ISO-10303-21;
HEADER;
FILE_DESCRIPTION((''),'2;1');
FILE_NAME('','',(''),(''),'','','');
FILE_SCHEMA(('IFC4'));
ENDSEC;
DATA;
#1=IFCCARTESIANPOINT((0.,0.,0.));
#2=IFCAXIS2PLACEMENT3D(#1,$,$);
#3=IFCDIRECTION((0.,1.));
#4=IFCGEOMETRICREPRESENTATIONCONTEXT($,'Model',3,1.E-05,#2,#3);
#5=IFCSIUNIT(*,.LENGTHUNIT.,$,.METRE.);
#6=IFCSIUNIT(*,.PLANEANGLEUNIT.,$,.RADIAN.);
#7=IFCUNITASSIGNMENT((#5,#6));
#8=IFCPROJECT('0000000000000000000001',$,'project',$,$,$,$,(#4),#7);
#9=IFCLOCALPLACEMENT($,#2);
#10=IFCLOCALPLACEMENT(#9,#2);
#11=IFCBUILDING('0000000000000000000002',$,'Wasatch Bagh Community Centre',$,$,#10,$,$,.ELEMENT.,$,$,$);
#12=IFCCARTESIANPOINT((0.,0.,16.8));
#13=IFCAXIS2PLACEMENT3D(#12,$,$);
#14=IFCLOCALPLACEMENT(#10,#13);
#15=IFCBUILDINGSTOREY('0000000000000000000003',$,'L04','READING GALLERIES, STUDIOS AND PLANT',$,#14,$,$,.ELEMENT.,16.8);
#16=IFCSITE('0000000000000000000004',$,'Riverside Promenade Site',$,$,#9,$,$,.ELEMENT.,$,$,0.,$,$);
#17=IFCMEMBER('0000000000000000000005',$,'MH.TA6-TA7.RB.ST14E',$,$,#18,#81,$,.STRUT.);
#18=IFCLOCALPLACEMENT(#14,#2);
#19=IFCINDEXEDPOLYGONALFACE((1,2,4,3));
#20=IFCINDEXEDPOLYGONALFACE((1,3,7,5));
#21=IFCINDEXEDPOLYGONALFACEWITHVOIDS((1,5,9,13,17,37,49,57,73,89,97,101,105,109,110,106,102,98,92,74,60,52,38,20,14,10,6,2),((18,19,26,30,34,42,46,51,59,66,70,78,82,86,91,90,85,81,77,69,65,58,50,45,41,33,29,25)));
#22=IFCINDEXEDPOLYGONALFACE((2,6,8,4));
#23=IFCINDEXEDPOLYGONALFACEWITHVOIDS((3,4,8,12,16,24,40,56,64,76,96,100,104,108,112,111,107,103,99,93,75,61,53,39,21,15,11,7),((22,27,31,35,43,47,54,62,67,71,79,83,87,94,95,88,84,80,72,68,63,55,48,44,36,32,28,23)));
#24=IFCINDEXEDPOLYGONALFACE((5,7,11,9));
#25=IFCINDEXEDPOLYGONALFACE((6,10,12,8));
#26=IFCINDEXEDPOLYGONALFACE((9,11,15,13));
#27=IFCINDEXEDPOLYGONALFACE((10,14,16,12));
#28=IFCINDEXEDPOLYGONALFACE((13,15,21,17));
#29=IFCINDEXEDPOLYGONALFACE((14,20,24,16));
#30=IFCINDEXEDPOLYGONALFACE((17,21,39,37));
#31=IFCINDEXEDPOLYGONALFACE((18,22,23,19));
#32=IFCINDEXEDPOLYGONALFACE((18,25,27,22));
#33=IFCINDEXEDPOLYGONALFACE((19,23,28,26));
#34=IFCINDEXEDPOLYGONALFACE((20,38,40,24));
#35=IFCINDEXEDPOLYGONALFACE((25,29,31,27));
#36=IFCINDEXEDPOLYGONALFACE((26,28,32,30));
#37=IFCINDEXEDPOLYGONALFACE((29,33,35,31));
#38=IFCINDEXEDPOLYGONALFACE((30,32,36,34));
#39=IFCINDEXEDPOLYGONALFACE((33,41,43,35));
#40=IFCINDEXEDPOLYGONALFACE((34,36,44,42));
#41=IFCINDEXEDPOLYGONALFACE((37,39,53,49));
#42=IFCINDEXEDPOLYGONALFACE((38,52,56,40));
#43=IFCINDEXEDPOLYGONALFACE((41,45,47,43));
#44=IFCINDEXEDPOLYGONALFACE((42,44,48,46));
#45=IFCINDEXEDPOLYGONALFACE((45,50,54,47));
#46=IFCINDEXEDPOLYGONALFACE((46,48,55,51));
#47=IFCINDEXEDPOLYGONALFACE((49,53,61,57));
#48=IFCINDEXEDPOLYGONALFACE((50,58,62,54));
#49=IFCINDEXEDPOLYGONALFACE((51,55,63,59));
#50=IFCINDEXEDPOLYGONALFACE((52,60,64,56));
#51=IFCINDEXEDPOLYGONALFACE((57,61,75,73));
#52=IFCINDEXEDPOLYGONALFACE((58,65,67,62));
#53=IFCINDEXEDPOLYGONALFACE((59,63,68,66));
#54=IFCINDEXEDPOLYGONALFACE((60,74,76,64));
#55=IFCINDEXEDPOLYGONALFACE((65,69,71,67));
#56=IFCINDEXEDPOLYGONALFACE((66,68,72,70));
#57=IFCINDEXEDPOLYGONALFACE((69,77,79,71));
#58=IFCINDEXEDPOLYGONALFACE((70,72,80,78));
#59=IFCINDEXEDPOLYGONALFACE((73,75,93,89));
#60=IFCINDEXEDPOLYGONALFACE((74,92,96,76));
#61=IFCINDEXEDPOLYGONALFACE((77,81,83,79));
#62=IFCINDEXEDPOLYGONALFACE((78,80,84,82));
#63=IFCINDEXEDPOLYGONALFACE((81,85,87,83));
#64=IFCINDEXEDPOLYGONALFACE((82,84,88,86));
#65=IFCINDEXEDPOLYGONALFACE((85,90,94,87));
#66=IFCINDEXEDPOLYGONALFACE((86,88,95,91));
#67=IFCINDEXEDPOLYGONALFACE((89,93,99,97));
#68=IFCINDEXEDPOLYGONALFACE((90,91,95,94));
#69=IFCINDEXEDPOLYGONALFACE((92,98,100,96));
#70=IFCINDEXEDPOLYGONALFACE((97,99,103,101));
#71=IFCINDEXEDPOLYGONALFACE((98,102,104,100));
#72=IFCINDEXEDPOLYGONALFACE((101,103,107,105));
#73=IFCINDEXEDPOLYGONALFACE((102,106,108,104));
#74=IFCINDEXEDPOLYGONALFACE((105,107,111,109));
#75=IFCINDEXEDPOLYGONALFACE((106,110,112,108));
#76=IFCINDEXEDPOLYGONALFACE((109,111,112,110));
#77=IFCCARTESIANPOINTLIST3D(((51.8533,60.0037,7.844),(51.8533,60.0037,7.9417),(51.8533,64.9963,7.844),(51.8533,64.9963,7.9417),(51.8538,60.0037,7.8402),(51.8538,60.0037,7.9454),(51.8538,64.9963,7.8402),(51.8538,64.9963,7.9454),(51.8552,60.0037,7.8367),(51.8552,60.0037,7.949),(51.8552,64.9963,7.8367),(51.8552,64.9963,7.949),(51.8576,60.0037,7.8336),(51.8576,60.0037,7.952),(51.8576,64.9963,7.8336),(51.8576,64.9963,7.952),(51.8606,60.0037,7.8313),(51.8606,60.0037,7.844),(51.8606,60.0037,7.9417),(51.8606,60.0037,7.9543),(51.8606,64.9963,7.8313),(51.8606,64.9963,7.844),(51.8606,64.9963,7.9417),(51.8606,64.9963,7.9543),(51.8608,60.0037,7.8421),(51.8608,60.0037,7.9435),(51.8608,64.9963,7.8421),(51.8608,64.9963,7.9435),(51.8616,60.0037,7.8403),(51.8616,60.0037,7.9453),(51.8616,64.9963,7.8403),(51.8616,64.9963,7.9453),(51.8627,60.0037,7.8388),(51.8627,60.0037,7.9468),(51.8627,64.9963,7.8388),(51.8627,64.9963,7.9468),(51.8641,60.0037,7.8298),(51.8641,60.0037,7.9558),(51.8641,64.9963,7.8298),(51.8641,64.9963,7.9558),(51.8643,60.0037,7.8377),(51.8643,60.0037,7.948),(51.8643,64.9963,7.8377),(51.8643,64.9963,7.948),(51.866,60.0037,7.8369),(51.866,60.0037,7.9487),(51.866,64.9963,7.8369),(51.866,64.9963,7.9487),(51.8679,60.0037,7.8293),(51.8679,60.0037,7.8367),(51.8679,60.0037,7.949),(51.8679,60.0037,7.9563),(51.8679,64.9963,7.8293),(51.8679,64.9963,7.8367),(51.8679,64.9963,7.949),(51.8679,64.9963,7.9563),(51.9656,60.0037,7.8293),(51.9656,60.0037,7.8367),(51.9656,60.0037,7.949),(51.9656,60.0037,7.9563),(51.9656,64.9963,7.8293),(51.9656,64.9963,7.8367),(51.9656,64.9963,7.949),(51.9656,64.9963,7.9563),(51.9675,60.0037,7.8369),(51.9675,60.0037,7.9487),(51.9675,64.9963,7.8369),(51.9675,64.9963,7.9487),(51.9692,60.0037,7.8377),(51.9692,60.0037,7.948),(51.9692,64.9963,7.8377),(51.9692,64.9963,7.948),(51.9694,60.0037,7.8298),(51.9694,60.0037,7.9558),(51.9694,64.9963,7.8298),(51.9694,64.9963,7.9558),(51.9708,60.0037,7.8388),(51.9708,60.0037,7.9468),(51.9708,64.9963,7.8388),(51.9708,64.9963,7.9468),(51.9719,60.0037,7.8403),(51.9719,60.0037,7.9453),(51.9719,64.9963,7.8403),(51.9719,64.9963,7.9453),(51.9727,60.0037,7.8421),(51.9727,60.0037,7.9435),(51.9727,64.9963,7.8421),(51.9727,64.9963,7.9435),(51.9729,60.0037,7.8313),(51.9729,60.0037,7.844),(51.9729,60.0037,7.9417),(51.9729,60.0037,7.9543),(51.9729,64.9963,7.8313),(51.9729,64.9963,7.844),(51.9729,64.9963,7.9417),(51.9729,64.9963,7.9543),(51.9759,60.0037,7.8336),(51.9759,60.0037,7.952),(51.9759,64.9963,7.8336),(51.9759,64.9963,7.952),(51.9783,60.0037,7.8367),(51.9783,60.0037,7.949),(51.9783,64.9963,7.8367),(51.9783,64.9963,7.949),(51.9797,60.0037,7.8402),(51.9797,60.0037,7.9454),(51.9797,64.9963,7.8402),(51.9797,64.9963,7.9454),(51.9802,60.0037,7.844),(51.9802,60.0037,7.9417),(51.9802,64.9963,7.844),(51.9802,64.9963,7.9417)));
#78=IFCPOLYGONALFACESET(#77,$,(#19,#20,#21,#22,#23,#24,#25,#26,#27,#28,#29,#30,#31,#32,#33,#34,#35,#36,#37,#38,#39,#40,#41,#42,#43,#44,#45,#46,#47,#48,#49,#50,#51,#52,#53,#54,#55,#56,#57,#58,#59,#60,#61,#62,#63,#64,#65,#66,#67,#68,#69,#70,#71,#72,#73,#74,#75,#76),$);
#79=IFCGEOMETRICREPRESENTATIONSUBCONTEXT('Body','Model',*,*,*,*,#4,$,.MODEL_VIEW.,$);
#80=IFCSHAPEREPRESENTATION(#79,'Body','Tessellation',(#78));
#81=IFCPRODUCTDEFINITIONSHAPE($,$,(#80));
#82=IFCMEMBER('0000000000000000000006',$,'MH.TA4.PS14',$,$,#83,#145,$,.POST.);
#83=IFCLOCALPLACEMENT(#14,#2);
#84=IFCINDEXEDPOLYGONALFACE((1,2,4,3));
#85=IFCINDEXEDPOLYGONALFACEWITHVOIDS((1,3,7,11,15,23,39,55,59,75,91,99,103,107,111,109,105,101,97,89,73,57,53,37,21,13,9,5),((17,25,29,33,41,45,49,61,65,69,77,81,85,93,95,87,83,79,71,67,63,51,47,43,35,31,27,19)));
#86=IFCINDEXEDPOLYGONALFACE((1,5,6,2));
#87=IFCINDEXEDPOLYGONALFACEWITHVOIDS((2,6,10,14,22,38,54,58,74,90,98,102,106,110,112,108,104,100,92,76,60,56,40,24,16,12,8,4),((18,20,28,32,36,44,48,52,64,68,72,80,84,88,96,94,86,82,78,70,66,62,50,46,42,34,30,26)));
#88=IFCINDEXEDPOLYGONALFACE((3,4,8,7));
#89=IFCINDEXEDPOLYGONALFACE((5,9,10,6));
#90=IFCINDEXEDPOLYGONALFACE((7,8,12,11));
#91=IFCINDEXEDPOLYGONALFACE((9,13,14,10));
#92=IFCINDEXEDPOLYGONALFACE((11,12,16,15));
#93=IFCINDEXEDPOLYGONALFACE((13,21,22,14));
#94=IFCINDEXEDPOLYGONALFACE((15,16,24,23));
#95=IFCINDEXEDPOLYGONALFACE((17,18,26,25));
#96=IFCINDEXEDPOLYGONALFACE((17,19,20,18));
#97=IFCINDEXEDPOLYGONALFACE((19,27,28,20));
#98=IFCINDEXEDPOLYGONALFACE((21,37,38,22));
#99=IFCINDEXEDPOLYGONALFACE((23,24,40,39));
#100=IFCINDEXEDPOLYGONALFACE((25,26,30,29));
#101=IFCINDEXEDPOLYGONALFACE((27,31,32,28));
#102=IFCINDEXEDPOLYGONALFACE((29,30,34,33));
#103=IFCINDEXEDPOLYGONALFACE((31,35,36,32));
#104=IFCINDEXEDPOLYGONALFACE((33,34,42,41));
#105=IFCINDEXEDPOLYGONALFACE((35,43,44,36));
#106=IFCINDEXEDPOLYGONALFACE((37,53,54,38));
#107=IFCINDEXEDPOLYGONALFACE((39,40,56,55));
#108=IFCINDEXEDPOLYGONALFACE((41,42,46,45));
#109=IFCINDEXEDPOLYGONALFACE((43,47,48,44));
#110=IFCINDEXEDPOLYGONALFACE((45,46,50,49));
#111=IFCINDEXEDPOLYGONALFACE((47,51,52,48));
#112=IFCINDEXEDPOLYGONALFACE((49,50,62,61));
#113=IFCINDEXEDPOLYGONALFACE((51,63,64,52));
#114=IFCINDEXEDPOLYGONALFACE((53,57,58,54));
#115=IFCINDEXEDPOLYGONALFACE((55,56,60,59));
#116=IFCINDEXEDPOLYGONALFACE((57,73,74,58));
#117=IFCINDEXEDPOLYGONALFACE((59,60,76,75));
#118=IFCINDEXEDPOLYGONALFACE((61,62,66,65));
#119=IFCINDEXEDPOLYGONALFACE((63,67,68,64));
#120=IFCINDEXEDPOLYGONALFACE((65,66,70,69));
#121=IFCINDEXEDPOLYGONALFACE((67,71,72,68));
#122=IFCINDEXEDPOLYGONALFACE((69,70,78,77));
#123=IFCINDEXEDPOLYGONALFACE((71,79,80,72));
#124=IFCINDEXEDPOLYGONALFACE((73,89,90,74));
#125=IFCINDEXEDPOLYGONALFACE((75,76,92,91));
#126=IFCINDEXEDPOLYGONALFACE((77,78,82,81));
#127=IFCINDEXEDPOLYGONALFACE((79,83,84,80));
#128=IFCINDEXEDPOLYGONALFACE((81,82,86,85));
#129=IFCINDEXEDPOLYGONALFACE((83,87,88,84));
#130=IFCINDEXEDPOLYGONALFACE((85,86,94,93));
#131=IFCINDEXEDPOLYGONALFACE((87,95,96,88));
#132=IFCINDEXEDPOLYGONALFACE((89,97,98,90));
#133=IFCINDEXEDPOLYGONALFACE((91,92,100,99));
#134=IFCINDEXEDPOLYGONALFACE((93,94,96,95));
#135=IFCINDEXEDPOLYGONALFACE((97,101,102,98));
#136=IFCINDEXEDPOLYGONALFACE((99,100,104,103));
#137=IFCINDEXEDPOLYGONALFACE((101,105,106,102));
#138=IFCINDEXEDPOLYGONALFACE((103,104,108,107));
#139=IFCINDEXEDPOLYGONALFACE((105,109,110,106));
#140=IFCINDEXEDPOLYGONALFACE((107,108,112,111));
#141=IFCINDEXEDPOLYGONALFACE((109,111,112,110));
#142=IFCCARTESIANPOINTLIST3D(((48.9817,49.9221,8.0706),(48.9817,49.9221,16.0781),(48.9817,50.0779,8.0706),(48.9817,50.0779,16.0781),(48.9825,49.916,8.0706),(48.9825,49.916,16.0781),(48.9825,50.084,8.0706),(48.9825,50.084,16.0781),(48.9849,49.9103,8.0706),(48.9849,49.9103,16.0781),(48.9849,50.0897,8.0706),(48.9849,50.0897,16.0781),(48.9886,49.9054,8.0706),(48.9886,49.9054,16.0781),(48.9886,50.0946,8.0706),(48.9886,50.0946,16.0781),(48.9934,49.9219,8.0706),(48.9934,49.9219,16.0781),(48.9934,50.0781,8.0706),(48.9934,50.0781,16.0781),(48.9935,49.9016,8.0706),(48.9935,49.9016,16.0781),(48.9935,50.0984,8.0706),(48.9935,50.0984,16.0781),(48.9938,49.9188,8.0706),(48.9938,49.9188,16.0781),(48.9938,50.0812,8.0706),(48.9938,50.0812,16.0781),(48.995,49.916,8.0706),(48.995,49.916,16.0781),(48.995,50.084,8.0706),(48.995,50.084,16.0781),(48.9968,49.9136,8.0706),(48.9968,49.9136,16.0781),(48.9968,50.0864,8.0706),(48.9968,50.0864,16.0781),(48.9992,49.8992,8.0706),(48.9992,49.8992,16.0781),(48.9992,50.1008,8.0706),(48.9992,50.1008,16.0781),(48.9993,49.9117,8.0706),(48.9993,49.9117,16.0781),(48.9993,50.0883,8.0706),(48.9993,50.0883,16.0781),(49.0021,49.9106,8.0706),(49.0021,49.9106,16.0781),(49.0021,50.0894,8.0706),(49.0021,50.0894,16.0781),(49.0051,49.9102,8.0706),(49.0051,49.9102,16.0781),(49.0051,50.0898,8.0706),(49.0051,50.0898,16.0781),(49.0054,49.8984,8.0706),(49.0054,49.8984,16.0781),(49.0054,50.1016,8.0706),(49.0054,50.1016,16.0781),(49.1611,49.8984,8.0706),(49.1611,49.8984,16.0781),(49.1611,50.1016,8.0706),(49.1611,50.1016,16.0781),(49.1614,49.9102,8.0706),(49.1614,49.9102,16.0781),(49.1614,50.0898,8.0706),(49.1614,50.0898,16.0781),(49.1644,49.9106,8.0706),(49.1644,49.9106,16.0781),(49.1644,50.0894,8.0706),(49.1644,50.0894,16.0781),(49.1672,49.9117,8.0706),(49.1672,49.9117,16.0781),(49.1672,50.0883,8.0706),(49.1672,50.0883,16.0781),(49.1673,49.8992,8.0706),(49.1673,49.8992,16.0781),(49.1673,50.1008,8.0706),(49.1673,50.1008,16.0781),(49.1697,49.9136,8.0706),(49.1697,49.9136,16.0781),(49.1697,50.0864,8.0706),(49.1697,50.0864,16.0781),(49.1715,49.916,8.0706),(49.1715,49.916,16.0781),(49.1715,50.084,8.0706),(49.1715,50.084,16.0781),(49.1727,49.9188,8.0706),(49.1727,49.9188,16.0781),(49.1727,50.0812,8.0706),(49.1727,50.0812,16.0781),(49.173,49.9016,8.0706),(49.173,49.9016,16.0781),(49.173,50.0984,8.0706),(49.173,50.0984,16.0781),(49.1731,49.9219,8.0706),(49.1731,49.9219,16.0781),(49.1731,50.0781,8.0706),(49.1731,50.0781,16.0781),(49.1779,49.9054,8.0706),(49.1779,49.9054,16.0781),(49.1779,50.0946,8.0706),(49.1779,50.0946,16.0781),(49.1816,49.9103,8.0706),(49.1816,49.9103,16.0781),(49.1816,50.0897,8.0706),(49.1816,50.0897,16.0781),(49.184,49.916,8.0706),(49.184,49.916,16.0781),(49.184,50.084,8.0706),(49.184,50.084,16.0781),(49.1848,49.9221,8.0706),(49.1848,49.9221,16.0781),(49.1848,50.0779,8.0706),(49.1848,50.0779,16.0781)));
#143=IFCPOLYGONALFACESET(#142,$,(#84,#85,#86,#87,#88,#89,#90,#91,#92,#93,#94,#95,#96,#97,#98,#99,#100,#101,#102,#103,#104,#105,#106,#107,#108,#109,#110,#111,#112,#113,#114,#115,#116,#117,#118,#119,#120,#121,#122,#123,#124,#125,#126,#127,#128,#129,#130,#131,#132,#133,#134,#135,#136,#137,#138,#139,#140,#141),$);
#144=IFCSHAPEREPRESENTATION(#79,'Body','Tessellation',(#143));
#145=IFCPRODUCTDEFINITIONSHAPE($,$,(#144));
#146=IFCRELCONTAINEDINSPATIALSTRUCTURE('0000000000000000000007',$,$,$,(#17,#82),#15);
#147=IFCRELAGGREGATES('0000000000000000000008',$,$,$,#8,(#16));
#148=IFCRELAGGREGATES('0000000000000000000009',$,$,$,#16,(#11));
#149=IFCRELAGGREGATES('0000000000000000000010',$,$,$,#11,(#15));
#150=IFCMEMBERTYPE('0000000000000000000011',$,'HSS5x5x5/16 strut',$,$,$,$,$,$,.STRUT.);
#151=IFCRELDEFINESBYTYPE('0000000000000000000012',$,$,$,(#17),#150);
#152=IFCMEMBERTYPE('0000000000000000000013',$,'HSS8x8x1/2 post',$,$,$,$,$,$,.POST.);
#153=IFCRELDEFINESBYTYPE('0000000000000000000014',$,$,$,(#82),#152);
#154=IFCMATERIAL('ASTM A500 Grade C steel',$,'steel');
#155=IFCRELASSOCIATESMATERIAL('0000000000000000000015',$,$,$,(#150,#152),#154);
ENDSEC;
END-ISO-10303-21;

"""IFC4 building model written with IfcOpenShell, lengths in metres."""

from ifc_helpers import new_model, si_unit, direction, frame, origin, origin_2d, place, context, subcontext, project, spatial, hollow_rectangle, extrude, material, material_profile, profile_set, type_object, element, save


model = new_model("IFC4")

# Units and contexts
model_context = context("Model", 3, precision=1e-05, world=origin(), true_north=direction((0.0, 1.0)))
body_context = subcontext(model_context, "Body", "Model", "MODEL_VIEW")
ifc_project = project(units=[si_unit("LENGTHUNIT", "METRE"), si_unit("PLANEANGLEUNIT", "RADIAN")], contexts=[model_context])

# Site, building, storey
site_placement = place(None, origin())
site = spatial("IfcSite", under=ifc_project, at=site_placement, Name="Riverside Promenade Site", CompositionType="ELEMENT", RefElevation=0.0)
building_placement = place(site_placement, origin())
building = spatial("IfcBuilding", under=site, at=building_placement, Name="Wasatch Bagh Community Centre", CompositionType="ELEMENT")
storey_placement = place(building_placement, frame((0.0, 0.0, 16.8)))
storey = spatial("IfcBuildingStorey", under=building, at=storey_placement, Name="L04", Description="READING GALLERIES, STUDIOS AND PLANT", CompositionType="ELEMENT", Elevation=16.8)

# Members
ifc_material_1 = material(Name="ASTM A500 Grade C steel", Category="steel")
ifc_material_profile_1 = material_profile(ifc_material_1, hollow_rectangle(XDim=0.127, YDim=0.127, WallThickness=0.0073, InnerFilletRadius=0.0073, OuterFilletRadius=0.0146, at=origin_2d()), Name="HSS5x5x5/16")
ifc_profile_set_1 = profile_set([ifc_material_profile_1], Name="ASTM A500 Grade C steel")
member_type_1 = type_object("IfcMemberType", Name="HSS5x5x5/16 strut", PredefinedType="STRUT", material=ifc_profile_set_1)
for number, where, z_axis, x_axis, name in (
    (1, (51.9167, 60.0037, 7.8928), (0.0, 1.0, 0.0), (-1.0, 0.0, 0.0), "MH.TA6-TA7.RB.ST14E"),
):
    element("IfcMember", number, at=place(storey_placement, frame(where, z_axis=z_axis, x_axis=x_axis)), inside=storey, type_object=member_type_1, Name=name, PredefinedType="STRUT", context=body_context, shape_type="SweptSolid", body=[
        extrude(hollow_rectangle(XDim=0.127, YDim=0.127, WallThickness=0.0073, InnerFilletRadius=0.0073, OuterFilletRadius=0.0146, at=origin_2d()), origin(), (0.0, 0.0, 1.0), 4.9927),
    ])
ifc_material_profile_2 = material_profile(ifc_material_1, hollow_rectangle(XDim=0.2031, YDim=0.2031, WallThickness=0.0117, InnerFilletRadius=0.0117, OuterFilletRadius=0.0237, at=origin_2d()), Name="HSS8x8x1/2")
ifc_profile_set_2 = profile_set([ifc_material_profile_2], Name="ASTM A500 Grade C steel")
member_type_2 = type_object("IfcMemberType", Name="HSS8x8x1/2 post", PredefinedType="POST", material=ifc_profile_set_2)
member_1_placement = place(storey_placement, frame((49.0833, 50.0, 8.0706), z_axis=(0.0, 0.0, 1.0), x_axis=(1.0, 0.0, 0.0)))
element("IfcMember", 2, at=member_1_placement, inside=storey, type_object=member_type_2, Name="MH.TA4.PS14", PredefinedType="POST", context=body_context, shape_type="SweptSolid", body=[
    extrude(hollow_rectangle(XDim=0.2031, YDim=0.2031, WallThickness=0.0117, InnerFilletRadius=0.0117, OuterFilletRadius=0.0237, at=origin_2d()), origin(), (0.0, 0.0, 1.0), 8.0076),
])

save(model, "model.ifc")
